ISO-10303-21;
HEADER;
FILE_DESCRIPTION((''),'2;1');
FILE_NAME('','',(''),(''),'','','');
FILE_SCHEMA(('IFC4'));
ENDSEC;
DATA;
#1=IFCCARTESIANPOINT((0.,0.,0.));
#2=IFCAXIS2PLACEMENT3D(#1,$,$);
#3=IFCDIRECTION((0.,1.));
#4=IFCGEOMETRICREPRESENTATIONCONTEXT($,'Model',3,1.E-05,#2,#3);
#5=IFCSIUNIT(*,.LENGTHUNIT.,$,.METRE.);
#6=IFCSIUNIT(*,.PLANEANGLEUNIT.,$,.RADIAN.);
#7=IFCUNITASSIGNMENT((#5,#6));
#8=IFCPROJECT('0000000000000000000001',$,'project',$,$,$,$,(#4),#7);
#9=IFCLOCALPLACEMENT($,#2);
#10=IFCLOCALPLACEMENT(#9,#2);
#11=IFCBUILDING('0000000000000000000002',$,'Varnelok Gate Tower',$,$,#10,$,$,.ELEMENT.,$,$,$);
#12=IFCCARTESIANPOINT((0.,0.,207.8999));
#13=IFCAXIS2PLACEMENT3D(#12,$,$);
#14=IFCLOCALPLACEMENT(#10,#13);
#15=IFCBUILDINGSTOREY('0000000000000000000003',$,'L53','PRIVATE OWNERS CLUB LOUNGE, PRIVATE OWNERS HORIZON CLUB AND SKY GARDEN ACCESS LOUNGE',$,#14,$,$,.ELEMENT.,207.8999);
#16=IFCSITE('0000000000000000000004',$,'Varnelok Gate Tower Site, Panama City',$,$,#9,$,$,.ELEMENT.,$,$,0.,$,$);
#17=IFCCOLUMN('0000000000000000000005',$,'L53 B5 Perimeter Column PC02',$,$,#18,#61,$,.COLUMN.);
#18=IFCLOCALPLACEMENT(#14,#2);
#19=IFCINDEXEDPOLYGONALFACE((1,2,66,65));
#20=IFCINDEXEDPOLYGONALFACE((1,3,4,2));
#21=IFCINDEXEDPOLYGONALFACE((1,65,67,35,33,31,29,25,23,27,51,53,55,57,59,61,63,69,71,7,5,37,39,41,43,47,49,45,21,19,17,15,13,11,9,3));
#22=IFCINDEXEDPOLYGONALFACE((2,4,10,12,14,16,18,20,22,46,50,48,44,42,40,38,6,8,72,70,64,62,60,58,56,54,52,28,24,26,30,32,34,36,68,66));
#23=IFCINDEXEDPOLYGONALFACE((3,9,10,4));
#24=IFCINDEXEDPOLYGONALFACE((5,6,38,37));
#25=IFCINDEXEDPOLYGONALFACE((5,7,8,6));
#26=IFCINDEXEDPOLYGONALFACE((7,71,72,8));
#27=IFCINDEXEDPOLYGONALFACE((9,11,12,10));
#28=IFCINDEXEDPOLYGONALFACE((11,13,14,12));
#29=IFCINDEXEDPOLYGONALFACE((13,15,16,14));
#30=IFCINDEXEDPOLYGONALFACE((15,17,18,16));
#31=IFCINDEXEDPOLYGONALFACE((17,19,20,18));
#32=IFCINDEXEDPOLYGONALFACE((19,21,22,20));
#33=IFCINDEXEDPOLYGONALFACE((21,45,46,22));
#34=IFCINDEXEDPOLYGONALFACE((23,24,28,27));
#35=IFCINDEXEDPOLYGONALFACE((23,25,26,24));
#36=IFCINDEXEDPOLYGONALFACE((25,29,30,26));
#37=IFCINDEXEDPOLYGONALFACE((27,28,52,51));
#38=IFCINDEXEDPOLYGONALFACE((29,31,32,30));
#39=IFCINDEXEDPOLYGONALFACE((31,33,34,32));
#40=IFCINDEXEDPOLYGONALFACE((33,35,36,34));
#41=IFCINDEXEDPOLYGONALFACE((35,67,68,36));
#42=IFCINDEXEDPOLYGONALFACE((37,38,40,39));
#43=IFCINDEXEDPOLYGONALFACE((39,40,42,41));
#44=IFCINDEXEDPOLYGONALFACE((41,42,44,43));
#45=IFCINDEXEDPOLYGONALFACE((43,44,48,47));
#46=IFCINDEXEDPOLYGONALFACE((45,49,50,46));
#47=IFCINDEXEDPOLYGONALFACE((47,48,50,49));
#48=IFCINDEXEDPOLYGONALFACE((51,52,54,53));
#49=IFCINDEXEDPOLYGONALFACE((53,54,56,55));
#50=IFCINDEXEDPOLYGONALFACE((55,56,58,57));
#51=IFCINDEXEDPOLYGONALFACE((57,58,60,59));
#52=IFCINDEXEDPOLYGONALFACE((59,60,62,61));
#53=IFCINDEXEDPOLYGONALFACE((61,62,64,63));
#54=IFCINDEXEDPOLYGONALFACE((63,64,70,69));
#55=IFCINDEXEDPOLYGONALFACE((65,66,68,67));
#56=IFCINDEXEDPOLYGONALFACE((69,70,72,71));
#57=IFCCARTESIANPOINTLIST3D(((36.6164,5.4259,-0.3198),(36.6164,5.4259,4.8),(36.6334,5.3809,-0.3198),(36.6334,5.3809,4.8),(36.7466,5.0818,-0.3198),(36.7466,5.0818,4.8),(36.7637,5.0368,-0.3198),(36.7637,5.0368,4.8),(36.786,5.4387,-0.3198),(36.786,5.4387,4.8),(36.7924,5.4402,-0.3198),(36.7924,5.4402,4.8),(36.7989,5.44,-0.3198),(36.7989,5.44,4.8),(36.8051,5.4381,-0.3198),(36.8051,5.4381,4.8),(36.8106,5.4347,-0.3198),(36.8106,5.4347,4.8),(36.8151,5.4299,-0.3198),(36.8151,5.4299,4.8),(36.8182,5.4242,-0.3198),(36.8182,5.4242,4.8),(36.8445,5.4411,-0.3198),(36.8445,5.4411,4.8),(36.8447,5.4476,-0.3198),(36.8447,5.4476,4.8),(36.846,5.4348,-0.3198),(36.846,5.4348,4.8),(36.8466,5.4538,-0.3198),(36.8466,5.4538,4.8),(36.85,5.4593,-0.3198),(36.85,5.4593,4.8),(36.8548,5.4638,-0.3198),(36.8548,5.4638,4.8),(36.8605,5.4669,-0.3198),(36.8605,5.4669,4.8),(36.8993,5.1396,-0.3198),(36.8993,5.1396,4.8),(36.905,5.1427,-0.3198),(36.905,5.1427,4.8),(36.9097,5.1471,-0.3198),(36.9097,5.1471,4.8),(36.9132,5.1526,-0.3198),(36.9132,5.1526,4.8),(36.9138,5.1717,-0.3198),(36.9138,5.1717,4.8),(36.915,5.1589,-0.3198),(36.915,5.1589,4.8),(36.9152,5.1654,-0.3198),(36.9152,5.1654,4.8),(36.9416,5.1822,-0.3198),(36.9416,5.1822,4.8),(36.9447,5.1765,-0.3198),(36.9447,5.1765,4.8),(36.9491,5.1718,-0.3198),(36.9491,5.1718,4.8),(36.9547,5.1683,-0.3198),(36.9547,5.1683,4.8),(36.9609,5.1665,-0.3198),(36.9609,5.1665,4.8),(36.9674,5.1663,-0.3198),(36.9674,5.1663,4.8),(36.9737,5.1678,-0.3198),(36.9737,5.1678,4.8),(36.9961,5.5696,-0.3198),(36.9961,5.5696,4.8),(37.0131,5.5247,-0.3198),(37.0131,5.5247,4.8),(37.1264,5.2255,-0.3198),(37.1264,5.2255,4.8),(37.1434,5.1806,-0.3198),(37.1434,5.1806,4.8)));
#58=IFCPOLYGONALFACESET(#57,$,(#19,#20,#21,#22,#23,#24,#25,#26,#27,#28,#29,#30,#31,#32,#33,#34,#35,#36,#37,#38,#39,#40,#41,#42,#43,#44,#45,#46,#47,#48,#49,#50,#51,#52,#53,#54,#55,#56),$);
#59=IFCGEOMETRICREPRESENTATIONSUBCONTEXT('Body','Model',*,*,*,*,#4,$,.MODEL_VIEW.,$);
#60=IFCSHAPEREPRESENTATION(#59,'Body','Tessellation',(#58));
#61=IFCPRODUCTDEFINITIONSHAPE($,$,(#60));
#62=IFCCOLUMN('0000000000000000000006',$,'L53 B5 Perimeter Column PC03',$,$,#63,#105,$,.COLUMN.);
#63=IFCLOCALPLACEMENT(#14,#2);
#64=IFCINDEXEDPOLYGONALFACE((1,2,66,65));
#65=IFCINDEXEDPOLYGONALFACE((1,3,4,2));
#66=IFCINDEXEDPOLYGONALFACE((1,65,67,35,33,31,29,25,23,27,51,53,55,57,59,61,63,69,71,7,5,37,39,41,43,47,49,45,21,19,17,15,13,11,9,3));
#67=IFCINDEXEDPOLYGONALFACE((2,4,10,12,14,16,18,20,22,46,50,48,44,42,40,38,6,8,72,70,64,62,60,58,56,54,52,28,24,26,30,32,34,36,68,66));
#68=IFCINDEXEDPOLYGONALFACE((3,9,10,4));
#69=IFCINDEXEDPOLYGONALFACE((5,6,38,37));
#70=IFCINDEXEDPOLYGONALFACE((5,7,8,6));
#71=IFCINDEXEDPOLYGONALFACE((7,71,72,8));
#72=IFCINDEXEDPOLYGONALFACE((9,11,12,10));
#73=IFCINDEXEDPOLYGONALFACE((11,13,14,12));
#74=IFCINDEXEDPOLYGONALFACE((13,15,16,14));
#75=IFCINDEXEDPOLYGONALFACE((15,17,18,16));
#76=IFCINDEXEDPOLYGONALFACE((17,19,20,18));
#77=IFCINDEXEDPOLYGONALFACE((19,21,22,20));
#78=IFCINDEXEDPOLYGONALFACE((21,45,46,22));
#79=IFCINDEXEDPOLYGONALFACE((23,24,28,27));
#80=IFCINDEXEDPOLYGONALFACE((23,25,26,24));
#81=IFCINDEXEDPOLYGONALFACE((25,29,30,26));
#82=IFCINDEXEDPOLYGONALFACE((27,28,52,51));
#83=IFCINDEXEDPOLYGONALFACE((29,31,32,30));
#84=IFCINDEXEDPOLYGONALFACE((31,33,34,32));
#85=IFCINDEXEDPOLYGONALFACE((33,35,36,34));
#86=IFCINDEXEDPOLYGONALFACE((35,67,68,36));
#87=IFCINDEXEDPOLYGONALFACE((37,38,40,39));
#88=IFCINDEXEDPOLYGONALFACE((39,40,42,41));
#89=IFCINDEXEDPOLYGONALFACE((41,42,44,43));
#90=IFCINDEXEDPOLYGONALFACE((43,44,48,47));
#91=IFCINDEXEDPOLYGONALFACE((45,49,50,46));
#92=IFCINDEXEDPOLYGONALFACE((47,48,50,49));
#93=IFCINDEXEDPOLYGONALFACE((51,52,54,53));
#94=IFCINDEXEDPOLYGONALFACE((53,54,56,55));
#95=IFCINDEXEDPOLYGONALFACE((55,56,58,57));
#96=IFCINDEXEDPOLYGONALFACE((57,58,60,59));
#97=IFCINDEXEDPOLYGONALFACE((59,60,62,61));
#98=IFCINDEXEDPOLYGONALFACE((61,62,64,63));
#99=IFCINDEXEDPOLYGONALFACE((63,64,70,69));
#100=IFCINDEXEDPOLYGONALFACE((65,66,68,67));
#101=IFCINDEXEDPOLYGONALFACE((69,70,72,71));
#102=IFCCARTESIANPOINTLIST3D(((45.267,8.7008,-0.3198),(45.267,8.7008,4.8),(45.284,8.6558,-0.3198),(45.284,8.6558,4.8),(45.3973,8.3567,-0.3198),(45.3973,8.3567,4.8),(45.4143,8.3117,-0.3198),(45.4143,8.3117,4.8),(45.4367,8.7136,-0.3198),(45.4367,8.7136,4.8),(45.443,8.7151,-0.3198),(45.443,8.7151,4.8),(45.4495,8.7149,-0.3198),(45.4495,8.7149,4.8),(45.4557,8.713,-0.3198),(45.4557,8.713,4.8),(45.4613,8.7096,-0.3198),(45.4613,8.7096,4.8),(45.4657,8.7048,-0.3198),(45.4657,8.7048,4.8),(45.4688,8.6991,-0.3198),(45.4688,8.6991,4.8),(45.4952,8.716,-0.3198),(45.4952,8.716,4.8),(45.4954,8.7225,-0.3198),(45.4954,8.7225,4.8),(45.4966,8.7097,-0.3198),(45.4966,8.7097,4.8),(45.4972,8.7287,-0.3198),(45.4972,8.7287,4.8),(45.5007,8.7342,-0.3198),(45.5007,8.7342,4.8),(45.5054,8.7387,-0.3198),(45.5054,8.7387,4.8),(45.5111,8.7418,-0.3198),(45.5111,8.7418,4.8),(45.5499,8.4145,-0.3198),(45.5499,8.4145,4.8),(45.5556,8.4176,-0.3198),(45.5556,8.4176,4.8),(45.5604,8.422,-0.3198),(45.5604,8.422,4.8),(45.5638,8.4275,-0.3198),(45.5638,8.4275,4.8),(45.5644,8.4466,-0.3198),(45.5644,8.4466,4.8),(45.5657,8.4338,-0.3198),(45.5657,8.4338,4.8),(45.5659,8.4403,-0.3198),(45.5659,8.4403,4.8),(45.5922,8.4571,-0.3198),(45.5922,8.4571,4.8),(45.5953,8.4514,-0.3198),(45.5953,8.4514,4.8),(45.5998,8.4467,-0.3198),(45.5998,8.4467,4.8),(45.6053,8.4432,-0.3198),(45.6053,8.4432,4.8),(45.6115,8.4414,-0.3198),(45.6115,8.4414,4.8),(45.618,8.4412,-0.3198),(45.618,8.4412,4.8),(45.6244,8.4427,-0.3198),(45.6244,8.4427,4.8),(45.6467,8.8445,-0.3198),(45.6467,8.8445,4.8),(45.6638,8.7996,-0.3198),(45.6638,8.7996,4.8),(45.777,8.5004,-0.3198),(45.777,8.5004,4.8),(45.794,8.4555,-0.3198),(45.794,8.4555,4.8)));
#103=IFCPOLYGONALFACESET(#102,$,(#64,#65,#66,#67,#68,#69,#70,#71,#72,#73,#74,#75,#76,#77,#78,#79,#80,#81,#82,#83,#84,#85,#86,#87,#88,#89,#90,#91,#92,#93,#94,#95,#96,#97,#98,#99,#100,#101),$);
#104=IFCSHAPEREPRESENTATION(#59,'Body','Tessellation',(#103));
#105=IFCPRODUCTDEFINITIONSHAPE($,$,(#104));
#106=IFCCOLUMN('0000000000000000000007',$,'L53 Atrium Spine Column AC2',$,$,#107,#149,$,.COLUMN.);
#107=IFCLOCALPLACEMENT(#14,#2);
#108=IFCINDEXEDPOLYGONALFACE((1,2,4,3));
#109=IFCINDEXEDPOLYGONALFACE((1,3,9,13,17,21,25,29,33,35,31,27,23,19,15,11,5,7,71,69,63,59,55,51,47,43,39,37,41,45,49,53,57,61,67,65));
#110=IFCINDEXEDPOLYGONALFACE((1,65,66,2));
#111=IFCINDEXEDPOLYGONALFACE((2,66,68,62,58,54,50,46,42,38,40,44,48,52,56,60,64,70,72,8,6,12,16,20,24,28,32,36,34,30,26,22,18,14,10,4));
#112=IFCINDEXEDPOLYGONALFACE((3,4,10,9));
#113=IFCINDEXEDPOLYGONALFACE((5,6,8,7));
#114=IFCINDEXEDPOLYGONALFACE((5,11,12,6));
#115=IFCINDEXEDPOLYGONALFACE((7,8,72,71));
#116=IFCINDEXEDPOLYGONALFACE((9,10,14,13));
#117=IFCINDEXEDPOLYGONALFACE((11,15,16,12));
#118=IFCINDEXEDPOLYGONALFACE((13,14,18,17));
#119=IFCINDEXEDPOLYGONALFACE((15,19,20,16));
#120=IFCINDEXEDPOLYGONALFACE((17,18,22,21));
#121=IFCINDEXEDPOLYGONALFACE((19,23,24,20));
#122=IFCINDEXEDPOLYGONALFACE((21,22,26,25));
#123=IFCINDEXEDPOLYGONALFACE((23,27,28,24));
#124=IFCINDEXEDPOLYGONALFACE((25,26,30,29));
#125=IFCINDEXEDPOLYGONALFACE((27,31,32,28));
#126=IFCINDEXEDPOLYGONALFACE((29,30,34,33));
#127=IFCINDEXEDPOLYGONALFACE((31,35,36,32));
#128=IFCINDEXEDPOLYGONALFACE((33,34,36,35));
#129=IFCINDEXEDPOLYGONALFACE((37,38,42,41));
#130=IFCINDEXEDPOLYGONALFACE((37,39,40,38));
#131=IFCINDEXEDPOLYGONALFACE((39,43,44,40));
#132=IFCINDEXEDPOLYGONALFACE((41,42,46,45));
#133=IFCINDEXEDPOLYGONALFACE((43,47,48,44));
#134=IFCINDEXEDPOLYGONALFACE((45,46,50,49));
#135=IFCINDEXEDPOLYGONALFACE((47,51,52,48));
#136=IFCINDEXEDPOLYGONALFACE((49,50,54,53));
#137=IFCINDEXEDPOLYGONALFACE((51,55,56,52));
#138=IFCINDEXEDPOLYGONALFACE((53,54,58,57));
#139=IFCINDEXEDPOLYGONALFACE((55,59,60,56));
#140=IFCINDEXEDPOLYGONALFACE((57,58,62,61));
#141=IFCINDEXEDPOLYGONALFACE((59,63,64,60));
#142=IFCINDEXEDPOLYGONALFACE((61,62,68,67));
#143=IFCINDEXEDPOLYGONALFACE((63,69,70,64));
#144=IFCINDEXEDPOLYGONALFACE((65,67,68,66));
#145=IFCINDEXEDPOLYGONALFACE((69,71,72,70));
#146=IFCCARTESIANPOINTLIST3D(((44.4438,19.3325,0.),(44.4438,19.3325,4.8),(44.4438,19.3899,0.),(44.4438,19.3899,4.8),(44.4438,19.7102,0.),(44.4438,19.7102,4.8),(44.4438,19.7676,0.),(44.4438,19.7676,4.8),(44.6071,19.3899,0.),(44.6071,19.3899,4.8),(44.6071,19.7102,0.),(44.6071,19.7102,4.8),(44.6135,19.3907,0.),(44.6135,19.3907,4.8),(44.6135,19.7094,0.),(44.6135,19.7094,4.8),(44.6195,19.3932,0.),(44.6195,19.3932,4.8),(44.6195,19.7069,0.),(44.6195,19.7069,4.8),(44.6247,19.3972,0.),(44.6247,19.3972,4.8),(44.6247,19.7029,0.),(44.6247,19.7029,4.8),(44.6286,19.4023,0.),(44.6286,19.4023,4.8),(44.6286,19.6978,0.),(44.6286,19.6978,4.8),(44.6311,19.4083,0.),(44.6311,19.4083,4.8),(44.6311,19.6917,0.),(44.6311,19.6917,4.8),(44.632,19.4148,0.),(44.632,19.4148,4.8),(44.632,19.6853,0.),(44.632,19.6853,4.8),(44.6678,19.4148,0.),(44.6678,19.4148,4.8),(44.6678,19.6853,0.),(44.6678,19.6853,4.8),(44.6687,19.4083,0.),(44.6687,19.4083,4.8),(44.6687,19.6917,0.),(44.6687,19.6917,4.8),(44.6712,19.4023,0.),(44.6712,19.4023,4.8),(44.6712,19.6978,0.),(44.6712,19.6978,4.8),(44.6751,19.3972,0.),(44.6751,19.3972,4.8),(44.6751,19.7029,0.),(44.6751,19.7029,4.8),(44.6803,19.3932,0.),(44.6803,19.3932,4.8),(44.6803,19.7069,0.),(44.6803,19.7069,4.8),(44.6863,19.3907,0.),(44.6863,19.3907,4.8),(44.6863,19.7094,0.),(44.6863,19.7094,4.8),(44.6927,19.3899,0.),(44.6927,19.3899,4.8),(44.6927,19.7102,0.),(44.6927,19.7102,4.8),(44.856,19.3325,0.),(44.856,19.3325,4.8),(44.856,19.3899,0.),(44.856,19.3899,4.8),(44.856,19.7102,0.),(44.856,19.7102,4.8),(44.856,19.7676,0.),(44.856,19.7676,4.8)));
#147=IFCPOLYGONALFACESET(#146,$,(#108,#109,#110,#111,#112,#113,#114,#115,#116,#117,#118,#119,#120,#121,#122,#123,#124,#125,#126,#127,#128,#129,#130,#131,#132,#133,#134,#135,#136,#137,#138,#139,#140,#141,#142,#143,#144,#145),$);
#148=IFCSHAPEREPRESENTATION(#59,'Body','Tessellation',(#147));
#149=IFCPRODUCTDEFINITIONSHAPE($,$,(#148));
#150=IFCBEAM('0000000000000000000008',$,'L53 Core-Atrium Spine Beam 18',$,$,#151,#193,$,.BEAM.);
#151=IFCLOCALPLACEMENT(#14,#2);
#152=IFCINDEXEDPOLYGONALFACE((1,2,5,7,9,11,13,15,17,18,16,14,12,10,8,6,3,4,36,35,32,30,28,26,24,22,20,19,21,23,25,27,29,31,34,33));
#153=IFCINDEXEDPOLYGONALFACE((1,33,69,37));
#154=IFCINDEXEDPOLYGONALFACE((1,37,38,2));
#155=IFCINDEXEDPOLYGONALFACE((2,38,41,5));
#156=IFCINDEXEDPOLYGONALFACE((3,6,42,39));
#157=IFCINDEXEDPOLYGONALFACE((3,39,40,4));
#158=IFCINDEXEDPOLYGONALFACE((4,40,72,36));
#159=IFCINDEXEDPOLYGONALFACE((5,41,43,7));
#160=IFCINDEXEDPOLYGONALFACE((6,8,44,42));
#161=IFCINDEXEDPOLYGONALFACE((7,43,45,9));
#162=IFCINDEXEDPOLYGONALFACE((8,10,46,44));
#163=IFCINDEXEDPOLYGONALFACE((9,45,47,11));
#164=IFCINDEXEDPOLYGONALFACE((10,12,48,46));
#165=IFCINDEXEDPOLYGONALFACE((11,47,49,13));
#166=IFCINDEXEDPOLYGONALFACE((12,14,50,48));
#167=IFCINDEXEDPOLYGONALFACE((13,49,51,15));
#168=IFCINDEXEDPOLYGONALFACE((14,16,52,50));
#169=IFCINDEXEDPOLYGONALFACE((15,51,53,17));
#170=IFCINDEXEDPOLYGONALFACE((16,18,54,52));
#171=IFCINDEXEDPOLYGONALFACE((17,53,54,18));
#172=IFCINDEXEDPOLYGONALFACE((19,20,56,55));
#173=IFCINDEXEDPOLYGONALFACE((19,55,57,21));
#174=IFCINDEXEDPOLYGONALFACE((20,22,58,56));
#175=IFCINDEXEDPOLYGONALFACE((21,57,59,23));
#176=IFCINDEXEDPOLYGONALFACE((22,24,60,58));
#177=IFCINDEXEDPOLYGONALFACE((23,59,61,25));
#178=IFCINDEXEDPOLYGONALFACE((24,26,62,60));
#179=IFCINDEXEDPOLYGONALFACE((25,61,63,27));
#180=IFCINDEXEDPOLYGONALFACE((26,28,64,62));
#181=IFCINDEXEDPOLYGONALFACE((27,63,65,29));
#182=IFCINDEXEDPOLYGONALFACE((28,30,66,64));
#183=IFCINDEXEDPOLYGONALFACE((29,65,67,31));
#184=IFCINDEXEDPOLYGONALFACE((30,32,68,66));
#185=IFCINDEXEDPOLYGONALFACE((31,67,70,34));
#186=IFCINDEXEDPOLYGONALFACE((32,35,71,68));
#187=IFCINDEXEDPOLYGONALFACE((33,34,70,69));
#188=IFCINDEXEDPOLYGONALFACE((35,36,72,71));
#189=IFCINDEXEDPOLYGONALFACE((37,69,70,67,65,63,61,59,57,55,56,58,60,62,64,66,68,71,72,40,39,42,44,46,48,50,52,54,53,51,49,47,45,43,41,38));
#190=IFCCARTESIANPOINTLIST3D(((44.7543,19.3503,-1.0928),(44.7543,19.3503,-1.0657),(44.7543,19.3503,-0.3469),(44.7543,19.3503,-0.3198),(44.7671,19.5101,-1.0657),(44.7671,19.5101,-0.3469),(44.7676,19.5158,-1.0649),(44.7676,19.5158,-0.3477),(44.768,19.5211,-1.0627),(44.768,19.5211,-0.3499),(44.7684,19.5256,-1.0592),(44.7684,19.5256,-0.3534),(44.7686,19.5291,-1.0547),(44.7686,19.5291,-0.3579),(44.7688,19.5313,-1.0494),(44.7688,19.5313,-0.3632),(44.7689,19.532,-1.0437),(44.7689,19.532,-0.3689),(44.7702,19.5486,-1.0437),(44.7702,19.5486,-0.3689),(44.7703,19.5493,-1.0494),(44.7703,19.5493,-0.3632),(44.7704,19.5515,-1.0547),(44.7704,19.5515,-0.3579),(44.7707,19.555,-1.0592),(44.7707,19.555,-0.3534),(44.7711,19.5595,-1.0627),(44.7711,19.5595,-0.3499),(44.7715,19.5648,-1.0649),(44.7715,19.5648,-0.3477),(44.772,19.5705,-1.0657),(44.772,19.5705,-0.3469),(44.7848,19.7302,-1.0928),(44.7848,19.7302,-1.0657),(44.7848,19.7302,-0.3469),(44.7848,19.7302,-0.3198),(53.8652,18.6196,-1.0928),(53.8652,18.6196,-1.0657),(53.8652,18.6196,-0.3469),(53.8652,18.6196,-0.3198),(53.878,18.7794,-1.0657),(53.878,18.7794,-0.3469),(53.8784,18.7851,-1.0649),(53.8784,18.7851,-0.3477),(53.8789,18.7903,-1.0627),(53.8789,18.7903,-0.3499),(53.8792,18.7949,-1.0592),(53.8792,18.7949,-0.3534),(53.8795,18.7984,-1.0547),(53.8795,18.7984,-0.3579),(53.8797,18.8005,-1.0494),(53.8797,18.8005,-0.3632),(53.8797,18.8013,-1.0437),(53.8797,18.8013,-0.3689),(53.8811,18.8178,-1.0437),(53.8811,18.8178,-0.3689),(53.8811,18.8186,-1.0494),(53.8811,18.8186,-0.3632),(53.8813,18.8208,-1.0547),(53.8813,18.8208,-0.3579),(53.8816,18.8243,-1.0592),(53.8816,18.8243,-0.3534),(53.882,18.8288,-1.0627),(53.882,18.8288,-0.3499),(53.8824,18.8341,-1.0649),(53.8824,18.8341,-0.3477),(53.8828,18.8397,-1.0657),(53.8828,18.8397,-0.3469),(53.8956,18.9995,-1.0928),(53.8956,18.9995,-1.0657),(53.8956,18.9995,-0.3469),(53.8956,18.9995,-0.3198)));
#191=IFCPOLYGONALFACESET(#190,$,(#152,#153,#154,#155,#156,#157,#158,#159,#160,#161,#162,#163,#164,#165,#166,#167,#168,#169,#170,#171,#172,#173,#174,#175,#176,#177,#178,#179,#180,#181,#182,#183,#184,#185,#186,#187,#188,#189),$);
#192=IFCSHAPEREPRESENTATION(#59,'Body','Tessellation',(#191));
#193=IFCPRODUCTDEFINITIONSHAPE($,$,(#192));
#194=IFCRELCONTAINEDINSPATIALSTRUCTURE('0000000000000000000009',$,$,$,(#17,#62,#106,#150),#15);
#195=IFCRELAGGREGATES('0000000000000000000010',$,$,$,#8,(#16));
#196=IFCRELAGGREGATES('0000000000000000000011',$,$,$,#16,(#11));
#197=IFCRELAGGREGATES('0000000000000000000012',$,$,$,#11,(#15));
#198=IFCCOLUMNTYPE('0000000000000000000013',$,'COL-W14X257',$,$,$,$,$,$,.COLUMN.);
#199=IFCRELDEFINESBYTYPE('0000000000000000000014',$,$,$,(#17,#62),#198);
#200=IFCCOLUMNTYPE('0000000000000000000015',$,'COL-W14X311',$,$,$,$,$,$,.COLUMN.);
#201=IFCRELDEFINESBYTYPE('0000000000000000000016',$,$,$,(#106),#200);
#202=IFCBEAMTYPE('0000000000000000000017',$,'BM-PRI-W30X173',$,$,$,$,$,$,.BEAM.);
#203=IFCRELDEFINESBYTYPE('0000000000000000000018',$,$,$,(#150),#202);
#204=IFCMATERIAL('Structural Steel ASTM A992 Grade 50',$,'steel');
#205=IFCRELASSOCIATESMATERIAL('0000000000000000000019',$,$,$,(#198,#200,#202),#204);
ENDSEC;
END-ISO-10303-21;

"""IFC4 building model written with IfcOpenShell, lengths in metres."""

from ifc_helpers import new_model, si_unit, direction, frame, origin, origin_2d, place, context, subcontext, project, spatial, i_section, extrude, material, material_profile, profile_set, type_object, element, save


model = new_model("IFC4")

# Units and contexts
model_context = context("Model", 3, precision=1e-05, world=origin(), true_north=direction((0.0, 1.0)))
body_context = subcontext(model_context, "Body", "Model", "MODEL_VIEW")
ifc_project = project(units=[si_unit("LENGTHUNIT", "METRE"), si_unit("PLANEANGLEUNIT", "RADIAN")], contexts=[model_context])

# Site, building, storey
site_placement = place(None, origin())
site = spatial("IfcSite", under=ifc_project, at=site_placement, Name="Varnelok Gate Tower Site, Panama City", CompositionType="ELEMENT", RefElevation=0.0)
building_placement = place(site_placement, origin())
building = spatial("IfcBuilding", under=site, at=building_placement, Name="Varnelok Gate Tower", CompositionType="ELEMENT")
storey_placement = place(building_placement, frame((0.0, 0.0, 207.8999)))
storey = spatial("IfcBuildingStorey", under=building, at=storey_placement, Name="L53", Description="PRIVATE OWNERS CLUB LOUNGE, PRIVATE OWNERS HORIZON CLUB AND SKY GARDEN ACCESS LOUNGE", CompositionType="ELEMENT", Elevation=207.8999)

# Columns
ifc_material_1 = material(Name="Structural Steel ASTM A992 Grade 50", Category="steel")
ifc_material_profile_1 = material_profile(ifc_material_1, i_section(OverallWidth=0.406, OverallDepth=0.416, WebThickness=0.0298, FlangeThickness=0.0481, FilletRadius=0.0249, at=origin_2d()), Name="W14X257")
ifc_profile_set_1 = profile_set([ifc_material_profile_1], Name="Structural Steel ASTM A992 Grade 50")
column_type_1 = type_object("IfcColumnType", Name="COL-W14X257", PredefinedType="COLUMN", material=ifc_profile_set_1)
for number, where, z_axis, x_axis, name in (
    (1, (36.8799, 5.3032, -0.3198), (0.0, 0.0, 1.0), (0.935222, 0.354063, 0.0), "L53 B5 Perimeter Column PC02"),
    (2, (45.5305, 8.5781, -0.3198), (0.0, 0.0, 1.0), (0.935222, 0.354063, 0.0), "L53 B5 Perimeter Column PC03"),
):
    element("IfcColumn", number, at=place(storey_placement, frame(where, z_axis=z_axis, x_axis=x_axis)), inside=storey, type_object=column_type_1, Name=name, PredefinedType="COLUMN", context=body_context, shape_type="SweptSolid", body=[
        extrude(i_section(OverallWidth=0.406, OverallDepth=0.416, WebThickness=0.0298, FlangeThickness=0.0481, FilletRadius=0.0249, at=origin_2d()), origin(), (0.0, 0.0, 1.0), 5.1199),
    ])
ifc_material_profile_2 = material_profile(ifc_material_1, i_section(OverallWidth=0.4121, OverallDepth=0.4351, WebThickness=0.0359, FlangeThickness=0.0574, FilletRadius=0.0249, at=origin_2d()), Name="W14X311")
ifc_profile_set_2 = profile_set([ifc_material_profile_2], Name="Structural Steel ASTM A992 Grade 50")
column_type_2 = type_object("IfcColumnType", Name="COL-W14X311", PredefinedType="COLUMN", material=ifc_profile_set_2)
column_placement = place(storey_placement, frame((44.6499, 19.55, 0.0), z_axis=(0.0, 0.0, 1.0), x_axis=(1.0, 0.0, 0.0)))
element("IfcColumn", 3, at=column_placement, inside=storey, type_object=column_type_2, Name="L53 Atrium Spine Column AC2", PredefinedType="COLUMN", context=body_context, shape_type="SweptSolid", body=[
    extrude(i_section(OverallWidth=0.4121, OverallDepth=0.4351, WebThickness=0.0359, FlangeThickness=0.0574, FilletRadius=0.0249, at=origin_2d()), origin(), (0.0, 0.0, 1.0), 4.8),
])

# Beam
ifc_material_profile_3 = material_profile(ifc_material_1, i_section(OverallWidth=0.3811, OverallDepth=0.7729, WebThickness=0.0166, FlangeThickness=0.0271, FilletRadius=0.022, at=origin_2d()), Name="W30X173")
ifc_profile_set_3 = profile_set([ifc_material_profile_3], Name="Structural Steel ASTM A992 Grade 50")
beam_type_1 = type_object("IfcBeamType", Name="BM-PRI-W30X173", PredefinedType="BEAM", material=ifc_profile_set_3)
beam_1_placement = place(storey_placement, frame((44.7695, 19.5403, -0.7063), z_axis=(0.996799, -0.079946, 0.0), x_axis=(0.079946, 0.996799, 0.0)))
element("IfcBeam", 4, at=beam_1_placement, inside=storey, type_object=beam_type_1, Name="L53 Core-Atrium Spine Beam 18", PredefinedType="BEAM", context=body_context, shape_type="SweptSolid", body=[
    extrude(i_section(OverallWidth=0.3811, OverallDepth=0.7729, WebThickness=0.0166, FlangeThickness=0.0271, FilletRadius=0.022, at=origin_2d()), origin(), (0.0, 0.0, 1.0), 9.1401),
])

save(model, "model.ifc")
